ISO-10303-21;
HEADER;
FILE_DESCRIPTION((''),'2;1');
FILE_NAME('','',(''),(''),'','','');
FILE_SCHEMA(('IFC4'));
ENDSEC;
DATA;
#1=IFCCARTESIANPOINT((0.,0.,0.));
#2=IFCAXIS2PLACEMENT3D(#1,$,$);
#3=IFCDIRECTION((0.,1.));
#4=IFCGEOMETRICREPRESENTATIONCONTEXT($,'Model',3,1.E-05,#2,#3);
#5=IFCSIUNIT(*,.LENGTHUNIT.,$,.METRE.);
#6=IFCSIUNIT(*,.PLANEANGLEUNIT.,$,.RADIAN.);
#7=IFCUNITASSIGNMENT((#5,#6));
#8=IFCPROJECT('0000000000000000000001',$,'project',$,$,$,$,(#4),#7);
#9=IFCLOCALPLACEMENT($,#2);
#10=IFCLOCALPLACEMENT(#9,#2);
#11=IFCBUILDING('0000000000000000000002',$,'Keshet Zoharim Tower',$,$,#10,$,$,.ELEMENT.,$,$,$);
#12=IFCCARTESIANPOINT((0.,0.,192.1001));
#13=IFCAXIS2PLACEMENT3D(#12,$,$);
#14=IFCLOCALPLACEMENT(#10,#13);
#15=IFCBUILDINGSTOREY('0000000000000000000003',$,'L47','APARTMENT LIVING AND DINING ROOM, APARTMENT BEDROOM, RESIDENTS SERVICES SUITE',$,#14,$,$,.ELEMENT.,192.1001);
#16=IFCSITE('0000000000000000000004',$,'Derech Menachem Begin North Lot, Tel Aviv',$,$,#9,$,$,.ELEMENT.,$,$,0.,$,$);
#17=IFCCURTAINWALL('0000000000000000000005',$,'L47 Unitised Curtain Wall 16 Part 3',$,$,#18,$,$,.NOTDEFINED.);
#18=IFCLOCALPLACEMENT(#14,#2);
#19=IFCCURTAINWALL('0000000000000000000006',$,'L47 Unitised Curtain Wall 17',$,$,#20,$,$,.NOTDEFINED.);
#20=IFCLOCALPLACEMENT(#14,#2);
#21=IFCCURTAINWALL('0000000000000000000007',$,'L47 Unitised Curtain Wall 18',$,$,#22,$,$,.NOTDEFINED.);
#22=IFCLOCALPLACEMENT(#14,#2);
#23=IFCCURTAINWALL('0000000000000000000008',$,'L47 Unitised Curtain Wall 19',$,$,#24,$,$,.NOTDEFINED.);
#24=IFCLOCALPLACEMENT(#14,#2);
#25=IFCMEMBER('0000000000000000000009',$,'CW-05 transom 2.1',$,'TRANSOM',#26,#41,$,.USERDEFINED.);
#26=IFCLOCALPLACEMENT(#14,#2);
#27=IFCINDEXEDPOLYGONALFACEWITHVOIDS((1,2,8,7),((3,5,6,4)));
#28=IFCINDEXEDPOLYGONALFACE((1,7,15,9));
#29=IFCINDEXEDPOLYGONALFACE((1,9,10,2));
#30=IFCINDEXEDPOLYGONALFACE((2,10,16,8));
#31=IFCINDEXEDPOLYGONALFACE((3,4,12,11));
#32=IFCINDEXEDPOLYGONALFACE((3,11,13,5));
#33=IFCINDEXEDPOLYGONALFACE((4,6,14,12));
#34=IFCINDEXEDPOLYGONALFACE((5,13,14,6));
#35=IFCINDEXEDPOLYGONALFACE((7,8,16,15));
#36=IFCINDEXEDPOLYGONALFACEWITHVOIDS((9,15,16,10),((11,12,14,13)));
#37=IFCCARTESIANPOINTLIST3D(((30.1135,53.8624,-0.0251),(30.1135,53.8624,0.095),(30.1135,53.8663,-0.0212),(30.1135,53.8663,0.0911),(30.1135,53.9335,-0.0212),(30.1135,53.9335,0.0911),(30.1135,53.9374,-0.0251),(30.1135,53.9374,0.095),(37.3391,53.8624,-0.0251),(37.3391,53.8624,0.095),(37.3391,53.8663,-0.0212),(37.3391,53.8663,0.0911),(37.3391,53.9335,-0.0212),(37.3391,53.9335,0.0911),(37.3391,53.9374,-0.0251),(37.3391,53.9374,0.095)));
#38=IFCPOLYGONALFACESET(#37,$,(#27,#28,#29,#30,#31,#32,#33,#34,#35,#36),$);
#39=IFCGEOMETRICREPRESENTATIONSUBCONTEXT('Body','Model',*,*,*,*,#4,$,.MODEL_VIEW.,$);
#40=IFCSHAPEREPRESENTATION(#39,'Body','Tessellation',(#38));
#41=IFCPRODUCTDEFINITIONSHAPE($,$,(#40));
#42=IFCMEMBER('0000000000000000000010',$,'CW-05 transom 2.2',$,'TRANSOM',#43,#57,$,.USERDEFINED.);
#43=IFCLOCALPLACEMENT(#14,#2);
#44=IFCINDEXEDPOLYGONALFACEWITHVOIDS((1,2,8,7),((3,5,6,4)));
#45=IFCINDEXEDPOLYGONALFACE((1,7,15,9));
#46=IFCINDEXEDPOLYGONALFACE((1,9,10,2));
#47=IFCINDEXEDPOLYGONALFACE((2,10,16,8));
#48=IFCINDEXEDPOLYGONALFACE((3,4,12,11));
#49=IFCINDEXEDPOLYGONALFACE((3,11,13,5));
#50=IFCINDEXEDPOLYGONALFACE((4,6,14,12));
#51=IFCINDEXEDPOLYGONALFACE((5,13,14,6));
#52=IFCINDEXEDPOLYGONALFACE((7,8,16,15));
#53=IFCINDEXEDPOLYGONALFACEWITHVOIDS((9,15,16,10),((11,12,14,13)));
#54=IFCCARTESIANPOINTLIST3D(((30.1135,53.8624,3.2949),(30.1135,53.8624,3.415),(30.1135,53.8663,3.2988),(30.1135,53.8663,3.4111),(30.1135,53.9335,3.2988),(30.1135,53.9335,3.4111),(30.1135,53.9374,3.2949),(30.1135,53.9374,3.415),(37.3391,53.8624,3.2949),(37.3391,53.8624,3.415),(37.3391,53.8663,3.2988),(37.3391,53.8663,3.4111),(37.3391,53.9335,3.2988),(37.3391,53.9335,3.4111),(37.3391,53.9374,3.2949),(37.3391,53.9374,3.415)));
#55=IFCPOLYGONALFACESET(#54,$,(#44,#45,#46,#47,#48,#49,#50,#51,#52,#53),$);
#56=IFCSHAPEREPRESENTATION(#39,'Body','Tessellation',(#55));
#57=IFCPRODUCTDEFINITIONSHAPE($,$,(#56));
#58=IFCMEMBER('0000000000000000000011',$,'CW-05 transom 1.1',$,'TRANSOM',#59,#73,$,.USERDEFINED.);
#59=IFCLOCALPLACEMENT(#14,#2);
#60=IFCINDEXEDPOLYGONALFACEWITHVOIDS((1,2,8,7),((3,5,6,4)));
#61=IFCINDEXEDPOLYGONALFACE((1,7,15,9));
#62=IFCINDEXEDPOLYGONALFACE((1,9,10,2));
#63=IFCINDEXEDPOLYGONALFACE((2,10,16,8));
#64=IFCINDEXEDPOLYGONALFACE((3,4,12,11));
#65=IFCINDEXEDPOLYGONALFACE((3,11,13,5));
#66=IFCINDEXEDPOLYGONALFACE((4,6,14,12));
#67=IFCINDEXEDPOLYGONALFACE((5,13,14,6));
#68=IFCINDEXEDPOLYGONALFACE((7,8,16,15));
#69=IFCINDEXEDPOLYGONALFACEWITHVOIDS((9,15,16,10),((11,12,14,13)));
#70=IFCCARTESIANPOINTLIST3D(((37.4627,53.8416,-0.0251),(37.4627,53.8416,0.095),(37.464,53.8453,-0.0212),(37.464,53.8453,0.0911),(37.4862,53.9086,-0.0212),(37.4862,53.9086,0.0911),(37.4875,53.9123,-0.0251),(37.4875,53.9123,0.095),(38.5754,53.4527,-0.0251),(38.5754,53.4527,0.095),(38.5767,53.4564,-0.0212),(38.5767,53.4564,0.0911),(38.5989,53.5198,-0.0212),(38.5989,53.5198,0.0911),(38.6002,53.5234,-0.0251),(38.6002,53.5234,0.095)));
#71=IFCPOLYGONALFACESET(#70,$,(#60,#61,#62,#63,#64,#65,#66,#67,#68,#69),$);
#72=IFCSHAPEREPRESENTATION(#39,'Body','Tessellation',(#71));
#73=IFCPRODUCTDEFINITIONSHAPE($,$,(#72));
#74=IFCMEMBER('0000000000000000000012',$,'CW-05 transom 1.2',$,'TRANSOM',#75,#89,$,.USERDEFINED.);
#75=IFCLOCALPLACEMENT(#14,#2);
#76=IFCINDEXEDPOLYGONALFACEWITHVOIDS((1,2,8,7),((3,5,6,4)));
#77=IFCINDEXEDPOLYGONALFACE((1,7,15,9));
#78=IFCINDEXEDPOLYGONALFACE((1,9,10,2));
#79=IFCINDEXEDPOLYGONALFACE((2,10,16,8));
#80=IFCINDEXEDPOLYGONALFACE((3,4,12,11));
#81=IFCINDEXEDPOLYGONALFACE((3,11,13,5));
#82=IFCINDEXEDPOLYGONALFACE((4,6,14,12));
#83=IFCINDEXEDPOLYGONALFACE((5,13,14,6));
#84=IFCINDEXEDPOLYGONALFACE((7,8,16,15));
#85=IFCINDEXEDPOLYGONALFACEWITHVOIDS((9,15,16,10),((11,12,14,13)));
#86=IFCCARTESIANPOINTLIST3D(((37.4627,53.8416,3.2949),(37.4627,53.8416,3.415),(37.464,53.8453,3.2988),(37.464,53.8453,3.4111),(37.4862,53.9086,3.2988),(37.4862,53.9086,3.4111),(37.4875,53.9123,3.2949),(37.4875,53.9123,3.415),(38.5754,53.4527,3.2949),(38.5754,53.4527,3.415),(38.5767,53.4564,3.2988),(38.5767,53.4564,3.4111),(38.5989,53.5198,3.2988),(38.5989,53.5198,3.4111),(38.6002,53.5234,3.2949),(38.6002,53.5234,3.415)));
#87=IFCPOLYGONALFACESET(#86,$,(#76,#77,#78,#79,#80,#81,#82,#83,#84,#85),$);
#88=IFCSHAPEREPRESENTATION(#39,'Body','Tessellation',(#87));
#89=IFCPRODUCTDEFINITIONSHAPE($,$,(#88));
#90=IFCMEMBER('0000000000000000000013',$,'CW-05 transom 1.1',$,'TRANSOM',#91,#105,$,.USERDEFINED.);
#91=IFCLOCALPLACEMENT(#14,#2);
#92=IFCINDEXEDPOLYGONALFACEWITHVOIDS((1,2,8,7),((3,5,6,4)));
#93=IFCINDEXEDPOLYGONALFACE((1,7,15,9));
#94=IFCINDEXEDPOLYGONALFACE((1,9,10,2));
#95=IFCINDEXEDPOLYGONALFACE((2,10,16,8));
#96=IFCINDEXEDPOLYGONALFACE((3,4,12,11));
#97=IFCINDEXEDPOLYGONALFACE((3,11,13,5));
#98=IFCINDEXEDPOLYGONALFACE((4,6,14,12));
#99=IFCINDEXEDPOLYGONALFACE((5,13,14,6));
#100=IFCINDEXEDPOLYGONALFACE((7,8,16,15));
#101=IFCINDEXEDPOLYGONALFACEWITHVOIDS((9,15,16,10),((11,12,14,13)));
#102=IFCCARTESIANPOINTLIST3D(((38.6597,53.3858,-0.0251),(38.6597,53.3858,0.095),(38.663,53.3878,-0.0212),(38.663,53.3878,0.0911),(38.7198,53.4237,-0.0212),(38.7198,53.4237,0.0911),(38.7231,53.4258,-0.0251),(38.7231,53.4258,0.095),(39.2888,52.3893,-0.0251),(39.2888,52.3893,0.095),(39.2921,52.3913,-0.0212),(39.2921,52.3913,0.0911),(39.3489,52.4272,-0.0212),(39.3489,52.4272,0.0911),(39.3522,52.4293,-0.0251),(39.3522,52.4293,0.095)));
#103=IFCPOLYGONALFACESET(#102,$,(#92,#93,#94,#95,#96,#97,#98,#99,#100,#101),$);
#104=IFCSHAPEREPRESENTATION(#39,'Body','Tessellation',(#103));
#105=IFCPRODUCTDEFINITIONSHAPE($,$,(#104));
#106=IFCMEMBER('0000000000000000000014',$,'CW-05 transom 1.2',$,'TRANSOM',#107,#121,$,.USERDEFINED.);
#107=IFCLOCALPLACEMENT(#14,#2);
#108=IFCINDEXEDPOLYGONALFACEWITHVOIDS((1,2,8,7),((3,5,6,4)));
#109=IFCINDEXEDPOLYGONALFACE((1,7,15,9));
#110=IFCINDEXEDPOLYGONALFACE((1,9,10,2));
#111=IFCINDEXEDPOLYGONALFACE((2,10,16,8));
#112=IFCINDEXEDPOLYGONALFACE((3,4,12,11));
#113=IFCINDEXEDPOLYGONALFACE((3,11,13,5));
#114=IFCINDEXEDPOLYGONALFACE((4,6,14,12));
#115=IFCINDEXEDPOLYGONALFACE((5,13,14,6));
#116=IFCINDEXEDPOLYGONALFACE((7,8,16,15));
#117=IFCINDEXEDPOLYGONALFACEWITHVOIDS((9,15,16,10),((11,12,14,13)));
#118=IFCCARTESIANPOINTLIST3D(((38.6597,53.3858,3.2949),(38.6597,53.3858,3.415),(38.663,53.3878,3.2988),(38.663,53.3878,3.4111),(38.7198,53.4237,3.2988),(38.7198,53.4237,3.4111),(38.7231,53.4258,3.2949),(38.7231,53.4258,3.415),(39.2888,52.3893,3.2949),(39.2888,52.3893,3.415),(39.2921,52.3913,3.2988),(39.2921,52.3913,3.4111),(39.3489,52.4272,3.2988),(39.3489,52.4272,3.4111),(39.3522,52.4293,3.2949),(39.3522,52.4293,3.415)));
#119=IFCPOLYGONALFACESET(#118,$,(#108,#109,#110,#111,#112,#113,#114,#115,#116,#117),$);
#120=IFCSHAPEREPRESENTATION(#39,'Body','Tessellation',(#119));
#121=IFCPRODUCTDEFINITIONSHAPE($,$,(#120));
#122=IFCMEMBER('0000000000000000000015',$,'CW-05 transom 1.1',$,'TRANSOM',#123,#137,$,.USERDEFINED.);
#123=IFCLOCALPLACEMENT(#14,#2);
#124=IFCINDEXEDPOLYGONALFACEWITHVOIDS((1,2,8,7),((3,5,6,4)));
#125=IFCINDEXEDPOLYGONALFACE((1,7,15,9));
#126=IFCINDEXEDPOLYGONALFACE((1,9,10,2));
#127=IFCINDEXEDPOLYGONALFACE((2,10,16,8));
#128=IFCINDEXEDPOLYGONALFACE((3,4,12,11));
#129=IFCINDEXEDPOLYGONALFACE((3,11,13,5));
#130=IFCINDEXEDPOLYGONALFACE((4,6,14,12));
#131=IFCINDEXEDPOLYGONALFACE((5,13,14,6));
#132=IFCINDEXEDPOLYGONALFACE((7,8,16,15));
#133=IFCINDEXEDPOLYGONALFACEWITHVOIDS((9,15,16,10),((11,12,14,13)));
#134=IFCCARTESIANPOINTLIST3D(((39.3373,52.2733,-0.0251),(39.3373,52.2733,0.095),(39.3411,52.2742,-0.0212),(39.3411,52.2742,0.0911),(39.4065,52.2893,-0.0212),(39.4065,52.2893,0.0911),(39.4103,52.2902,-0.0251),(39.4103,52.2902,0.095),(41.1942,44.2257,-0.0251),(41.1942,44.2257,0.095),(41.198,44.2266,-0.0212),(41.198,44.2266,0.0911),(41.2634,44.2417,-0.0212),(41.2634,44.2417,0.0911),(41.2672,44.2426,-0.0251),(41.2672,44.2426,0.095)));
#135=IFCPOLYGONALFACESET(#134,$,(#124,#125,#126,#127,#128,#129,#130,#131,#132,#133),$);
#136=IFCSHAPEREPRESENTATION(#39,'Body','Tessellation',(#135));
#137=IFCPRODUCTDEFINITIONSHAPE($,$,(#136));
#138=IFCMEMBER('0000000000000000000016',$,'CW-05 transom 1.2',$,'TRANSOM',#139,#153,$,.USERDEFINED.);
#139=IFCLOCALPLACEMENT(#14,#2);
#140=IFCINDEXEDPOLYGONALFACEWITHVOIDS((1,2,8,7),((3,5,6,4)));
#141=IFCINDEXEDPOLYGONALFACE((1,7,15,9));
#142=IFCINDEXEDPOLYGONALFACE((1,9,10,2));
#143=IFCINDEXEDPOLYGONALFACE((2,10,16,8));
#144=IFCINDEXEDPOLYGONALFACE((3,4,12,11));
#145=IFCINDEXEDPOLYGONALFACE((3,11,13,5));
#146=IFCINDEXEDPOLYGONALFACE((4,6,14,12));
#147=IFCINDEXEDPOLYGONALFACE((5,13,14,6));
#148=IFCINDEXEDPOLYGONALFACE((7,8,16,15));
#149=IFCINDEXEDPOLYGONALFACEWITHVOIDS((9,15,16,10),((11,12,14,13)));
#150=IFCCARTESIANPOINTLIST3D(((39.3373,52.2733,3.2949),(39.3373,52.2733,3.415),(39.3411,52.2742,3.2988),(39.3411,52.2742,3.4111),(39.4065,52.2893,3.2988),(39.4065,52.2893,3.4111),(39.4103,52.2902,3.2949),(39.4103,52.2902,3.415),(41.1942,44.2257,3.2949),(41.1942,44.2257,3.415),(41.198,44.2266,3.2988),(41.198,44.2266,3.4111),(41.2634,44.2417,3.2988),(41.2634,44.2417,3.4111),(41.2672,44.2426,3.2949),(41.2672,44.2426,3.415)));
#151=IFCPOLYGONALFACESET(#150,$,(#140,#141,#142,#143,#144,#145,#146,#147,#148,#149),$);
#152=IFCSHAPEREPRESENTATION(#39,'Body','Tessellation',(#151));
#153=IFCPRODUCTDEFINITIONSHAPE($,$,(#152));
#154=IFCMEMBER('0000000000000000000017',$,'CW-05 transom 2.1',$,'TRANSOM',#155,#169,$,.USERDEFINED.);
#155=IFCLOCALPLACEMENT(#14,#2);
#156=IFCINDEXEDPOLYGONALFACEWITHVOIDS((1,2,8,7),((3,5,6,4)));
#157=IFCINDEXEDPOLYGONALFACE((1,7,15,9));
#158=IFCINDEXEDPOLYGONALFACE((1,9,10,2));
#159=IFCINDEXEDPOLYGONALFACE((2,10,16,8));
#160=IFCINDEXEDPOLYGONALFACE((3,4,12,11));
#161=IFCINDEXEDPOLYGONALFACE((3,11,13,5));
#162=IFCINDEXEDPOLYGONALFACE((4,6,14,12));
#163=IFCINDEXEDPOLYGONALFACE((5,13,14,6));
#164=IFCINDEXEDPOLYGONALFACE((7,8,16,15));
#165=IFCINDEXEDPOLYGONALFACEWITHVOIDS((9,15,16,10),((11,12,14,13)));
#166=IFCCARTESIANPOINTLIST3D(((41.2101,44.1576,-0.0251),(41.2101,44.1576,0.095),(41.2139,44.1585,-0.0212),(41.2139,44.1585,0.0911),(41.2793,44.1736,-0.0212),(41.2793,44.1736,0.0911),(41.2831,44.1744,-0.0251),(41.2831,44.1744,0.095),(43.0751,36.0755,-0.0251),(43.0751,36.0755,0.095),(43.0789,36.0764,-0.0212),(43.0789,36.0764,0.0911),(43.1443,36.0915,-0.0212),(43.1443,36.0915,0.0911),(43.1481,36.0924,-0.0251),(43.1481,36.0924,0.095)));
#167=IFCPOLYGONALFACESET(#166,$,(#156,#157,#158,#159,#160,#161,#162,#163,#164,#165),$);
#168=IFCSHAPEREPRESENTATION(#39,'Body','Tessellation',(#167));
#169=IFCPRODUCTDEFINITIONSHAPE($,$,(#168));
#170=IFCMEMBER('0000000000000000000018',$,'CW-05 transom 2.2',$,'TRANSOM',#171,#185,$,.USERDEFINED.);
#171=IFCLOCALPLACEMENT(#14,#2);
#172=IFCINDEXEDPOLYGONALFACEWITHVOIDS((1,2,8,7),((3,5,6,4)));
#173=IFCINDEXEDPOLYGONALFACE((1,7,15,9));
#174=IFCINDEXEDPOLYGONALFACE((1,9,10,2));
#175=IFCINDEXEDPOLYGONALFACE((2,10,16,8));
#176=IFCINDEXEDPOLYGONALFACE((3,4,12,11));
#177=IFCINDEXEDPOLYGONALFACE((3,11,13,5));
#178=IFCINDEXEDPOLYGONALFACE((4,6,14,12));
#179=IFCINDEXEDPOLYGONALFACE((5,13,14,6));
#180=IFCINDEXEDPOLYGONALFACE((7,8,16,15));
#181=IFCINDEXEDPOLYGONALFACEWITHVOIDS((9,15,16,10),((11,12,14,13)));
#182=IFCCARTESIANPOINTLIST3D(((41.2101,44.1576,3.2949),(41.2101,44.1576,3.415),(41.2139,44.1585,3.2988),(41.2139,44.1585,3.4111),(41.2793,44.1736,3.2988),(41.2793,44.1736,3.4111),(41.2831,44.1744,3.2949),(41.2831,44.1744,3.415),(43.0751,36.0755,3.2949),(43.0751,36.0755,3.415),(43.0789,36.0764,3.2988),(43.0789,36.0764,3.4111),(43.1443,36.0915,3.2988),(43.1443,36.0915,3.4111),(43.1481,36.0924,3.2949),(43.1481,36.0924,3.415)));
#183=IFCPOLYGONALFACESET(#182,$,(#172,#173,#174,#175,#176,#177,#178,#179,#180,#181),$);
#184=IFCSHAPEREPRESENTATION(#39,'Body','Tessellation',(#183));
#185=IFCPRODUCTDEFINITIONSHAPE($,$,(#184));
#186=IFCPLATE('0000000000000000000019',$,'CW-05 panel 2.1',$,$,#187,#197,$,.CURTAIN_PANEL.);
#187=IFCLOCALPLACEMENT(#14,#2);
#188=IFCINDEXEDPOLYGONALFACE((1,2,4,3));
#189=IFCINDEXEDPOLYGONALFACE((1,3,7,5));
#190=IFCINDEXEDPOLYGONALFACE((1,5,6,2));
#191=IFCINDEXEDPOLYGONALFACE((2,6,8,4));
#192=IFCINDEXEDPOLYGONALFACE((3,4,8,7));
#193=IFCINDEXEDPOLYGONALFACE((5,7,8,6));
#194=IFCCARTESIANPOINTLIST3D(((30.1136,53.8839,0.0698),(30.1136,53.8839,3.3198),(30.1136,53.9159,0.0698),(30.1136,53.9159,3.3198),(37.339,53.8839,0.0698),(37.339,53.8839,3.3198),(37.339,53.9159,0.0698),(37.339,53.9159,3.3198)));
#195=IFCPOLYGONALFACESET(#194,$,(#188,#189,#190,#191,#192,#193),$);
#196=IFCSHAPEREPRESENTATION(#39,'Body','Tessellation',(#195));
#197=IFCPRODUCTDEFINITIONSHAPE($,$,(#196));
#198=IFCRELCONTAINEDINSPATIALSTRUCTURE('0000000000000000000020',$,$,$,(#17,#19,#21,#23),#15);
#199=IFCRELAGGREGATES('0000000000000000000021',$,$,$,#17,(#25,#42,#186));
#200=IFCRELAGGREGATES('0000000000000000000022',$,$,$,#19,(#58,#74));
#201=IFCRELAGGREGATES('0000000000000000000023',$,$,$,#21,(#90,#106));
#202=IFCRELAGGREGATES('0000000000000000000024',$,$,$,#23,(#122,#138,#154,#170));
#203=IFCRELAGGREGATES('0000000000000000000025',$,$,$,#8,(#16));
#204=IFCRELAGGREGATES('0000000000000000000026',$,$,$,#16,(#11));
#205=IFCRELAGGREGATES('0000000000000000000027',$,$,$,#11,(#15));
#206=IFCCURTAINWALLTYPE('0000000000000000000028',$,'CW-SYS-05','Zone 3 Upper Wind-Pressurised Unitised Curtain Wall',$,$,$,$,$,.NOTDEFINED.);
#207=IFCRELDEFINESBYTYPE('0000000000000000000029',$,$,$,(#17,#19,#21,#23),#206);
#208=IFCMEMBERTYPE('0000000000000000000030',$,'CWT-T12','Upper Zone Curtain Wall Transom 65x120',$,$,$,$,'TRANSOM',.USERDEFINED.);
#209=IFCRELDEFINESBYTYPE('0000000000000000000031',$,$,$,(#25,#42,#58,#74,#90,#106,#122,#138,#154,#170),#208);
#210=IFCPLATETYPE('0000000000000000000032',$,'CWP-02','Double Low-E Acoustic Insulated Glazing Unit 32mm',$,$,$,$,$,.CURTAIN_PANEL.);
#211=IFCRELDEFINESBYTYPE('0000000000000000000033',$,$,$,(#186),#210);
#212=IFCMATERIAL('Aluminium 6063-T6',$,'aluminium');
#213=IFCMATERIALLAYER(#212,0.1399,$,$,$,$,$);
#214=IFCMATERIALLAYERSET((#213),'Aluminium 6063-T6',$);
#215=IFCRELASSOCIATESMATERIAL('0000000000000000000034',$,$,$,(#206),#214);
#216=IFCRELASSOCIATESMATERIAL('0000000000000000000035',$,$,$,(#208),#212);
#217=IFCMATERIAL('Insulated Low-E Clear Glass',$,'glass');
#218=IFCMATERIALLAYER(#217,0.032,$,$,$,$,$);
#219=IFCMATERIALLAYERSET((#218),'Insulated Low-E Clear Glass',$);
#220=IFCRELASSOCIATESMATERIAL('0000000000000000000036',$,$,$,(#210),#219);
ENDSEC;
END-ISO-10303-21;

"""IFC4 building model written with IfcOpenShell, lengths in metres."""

from ifc_helpers import new_model, si_unit, direction, frame, origin, origin_2d, place, context, subcontext, project, spatial, rectangle, hollow_rectangle, extrude, material, layer, layer_set, material_profile, profile_set, type_object, element, aggregate, save


model = new_model("IFC4")

# Units and contexts
model_context = context("Model", 3, precision=1e-05, world=origin(), true_north=direction((0.0, 1.0)))
body_context = subcontext(model_context, "Body", "Model", "MODEL_VIEW")
ifc_project = project(units=[si_unit("LENGTHUNIT", "METRE"), si_unit("PLANEANGLEUNIT", "RADIAN")], contexts=[model_context])

# Site, building, storey
site_placement = place(None, origin())
site = spatial("IfcSite", under=ifc_project, at=site_placement, Name="Derech Menachem Begin North Lot, Tel Aviv", CompositionType="ELEMENT", RefElevation=0.0)
building_placement = place(site_placement, origin())
building = spatial("IfcBuilding", under=site, at=building_placement, Name="Keshet Zoharim Tower", CompositionType="ELEMENT")
storey_placement = place(building_placement, frame((0.0, 0.0, 192.1001)))
storey = spatial("IfcBuildingStorey", under=building, at=storey_placement, Name="L47", Description="APARTMENT LIVING AND DINING ROOM, APARTMENT BEDROOM, RESIDENTS SERVICES SUITE", CompositionType="ELEMENT", Elevation=192.1001)

# Curtain walls
ifc_material_1 = material(Name="Aluminium 6063-T6", Category="aluminium")
ifc_layer_1 = layer(ifc_material_1, 0.1399)
ifc_layer_set_1 = layer_set([ifc_layer_1], Name="Aluminium 6063-T6")
curtain_wall_type = type_object("IfcCurtainWallType", Name="CW-SYS-05", Description="Zone 3 Upper Wind-Pressurised Unitised Curtain Wall", PredefinedType="NOTDEFINED", material=ifc_layer_set_1)
curtain_wall_1_placement = place(storey_placement, origin())
curtain_wall_1 = element("IfcCurtainWall", 1, at=curtain_wall_1_placement, inside=storey, type_object=curtain_wall_type, Name="L47 Unitised Curtain Wall 16 Part 3", PredefinedType="NOTDEFINED")
curtain_wall_2_placement = place(storey_placement, origin())
curtain_wall_2 = element("IfcCurtainWall", 2, at=curtain_wall_2_placement, inside=storey, type_object=curtain_wall_type, Name="L47 Unitised Curtain Wall 17", PredefinedType="NOTDEFINED")
curtain_wall_3_placement = place(storey_placement, origin())
curtain_wall_3 = element("IfcCurtainWall", 3, at=curtain_wall_3_placement, inside=storey, type_object=curtain_wall_type, Name="L47 Unitised Curtain Wall 18", PredefinedType="NOTDEFINED")
curtain_wall_4_placement = place(storey_placement, origin())
curtain_wall_4 = element("IfcCurtainWall", 4, at=curtain_wall_4_placement, inside=storey, type_object=curtain_wall_type, Name="L47 Unitised Curtain Wall 19", PredefinedType="NOTDEFINED")

# Members
ifc_material_profile_1 = material_profile(ifc_material_1, hollow_rectangle(XDim=0.075, YDim=0.1201, WallThickness=0.0039, at=origin_2d()), Name="TRN-75x120")
ifc_profile_set_1 = profile_set([ifc_material_profile_1], Name="Aluminium 6063-T6")
member_type_1 = type_object("IfcMemberType", Name="CWT-T12", Description="Upper Zone Curtain Wall Transom 65x120", ElementType="TRANSOM", PredefinedType="USERDEFINED", material=ifc_profile_set_1)
member_1_placement = place(storey_placement, frame((30.1135, 53.8999, 0.0349), z_axis=(1.0, 0.0, 0.0), x_axis=(0.0, 1.0, 0.0)))
member_1 = element("IfcMember", 5, at=member_1_placement, type_object=member_type_1, Name="CW-05 transom 2.1", ObjectType="TRANSOM", PredefinedType="USERDEFINED", context=body_context, shape_type="SweptSolid", body=[
    extrude(hollow_rectangle(XDim=0.075, YDim=0.1201, WallThickness=0.0039, at=origin_2d()), origin(), (0.0, 0.0, 1.0), 7.2256),
])
member_2_placement = place(storey_placement, frame((30.1135, 53.8999, 3.355), z_axis=(1.0, 0.0, 0.0), x_axis=(0.0, 1.0, 0.0)))
member_2 = element("IfcMember", 6, at=member_2_placement, type_object=member_type_1, Name="CW-05 transom 2.2", ObjectType="TRANSOM", PredefinedType="USERDEFINED", context=body_context, shape_type="SweptSolid", body=[
    extrude(hollow_rectangle(XDim=0.075, YDim=0.1201, WallThickness=0.0039, at=origin_2d()), origin(), (0.0, 0.0, 1.0), 7.2256),
])
member_3_placement = place(storey_placement, frame((37.4751, 53.877, 0.0349), z_axis=(0.944007, -0.329926, 0.0), x_axis=(0.329926, 0.944007, 0.0)))
member_3 = element("IfcMember", 7, at=member_3_placement, type_object=member_type_1, Name="CW-05 transom 1.1", ObjectType="TRANSOM", PredefinedType="USERDEFINED", context=body_context, shape_type="SweptSolid", body=[
    extrude(hollow_rectangle(XDim=0.075, YDim=0.1201, WallThickness=0.0039, at=origin_2d()), origin(), (0.0, 0.0, 1.0), 1.1787),
])
member_4_placement = place(storey_placement, frame((37.4751, 53.877, 3.355), z_axis=(0.944007, -0.329926, 0.0), x_axis=(0.329926, 0.944007, 0.0)))
member_4 = element("IfcMember", 8, at=member_4_placement, type_object=member_type_1, Name="CW-05 transom 1.2", ObjectType="TRANSOM", PredefinedType="USERDEFINED", context=body_context, shape_type="SweptSolid", body=[
    extrude(hollow_rectangle(XDim=0.075, YDim=0.1201, WallThickness=0.0039, at=origin_2d()), origin(), (0.0, 0.0, 1.0), 1.1787),
])
member_5_placement = place(storey_placement, frame((38.6914, 53.4058, 0.0349), z_axis=(0.533829, -0.845592, 0.0), x_axis=(0.845592, 0.533829, 0.0)))
member_5 = element("IfcMember", 9, at=member_5_placement, type_object=member_type_1, Name="CW-05 transom 1.1", ObjectType="TRANSOM", PredefinedType="USERDEFINED", context=body_context, shape_type="SweptSolid", body=[
    extrude(hollow_rectangle(XDim=0.075, YDim=0.1201, WallThickness=0.0039, at=origin_2d()), origin(), (0.0, 0.0, 1.0), 1.1785),
])
member_6_placement = place(storey_placement, frame((38.6914, 53.4058, 3.355), z_axis=(0.533829, -0.845592, 0.0), x_axis=(0.845592, 0.533829, 0.0)))
member_6 = element("IfcMember", 10, at=member_6_placement, type_object=member_type_1, Name="CW-05 transom 1.2", ObjectType="TRANSOM", PredefinedType="USERDEFINED", context=body_context, shape_type="SweptSolid", body=[
    extrude(hollow_rectangle(XDim=0.075, YDim=0.1201, WallThickness=0.0039, at=origin_2d()), origin(), (0.0, 0.0, 1.0), 1.1785),
])
member_7_placement = place(storey_placement, frame((39.3738, 52.2817, 0.0349), z_axis=(0.224836, -0.974397, 0.0), x_axis=(0.974397, 0.224836, 0.0)))
member_7 = element("IfcMember", 11, at=member_7_placement, type_object=member_type_1, Name="CW-05 transom 1.1", ObjectType="TRANSOM", PredefinedType="USERDEFINED", context=body_context, shape_type="SweptSolid", body=[
    extrude(hollow_rectangle(XDim=0.075, YDim=0.1201, WallThickness=0.0039, at=origin_2d()), origin(), (0.0, 0.0, 1.0), 8.259),
])
member_8_placement = place(storey_placement, frame((39.3738, 52.2817, 3.355), z_axis=(0.224836, -0.974397, 0.0), x_axis=(0.974397, 0.224836, 0.0)))
member_8 = element("IfcMember", 12, at=member_8_placement, type_object=member_type_1, Name="CW-05 transom 1.2", ObjectType="TRANSOM", PredefinedType="USERDEFINED", context=body_context, shape_type="SweptSolid", body=[
    extrude(hollow_rectangle(XDim=0.075, YDim=0.1201, WallThickness=0.0039, at=origin_2d()), origin(), (0.0, 0.0, 1.0), 8.259),
])
member_9_placement = place(storey_placement, frame((41.2466, 44.166, 0.0349), z_axis=(0.224849, -0.974394, 0.0), x_axis=(0.974394, 0.224849, 0.0)))
member_9 = element("IfcMember", 13, at=member_9_placement, type_object=member_type_1, Name="CW-05 transom 2.1", ObjectType="TRANSOM", PredefinedType="USERDEFINED", context=body_context, shape_type="SweptSolid", body=[
    extrude(hollow_rectangle(XDim=0.075, YDim=0.1201, WallThickness=0.0039, at=origin_2d()), origin(), (0.0, 0.0, 1.0), 8.2944),
])
member_10_placement = place(storey_placement, frame((41.2466, 44.166, 3.355), z_axis=(0.224849, -0.974394, 0.0), x_axis=(0.974394, 0.224849, 0.0)))
member_10 = element("IfcMember", 14, at=member_10_placement, type_object=member_type_1, Name="CW-05 transom 2.2", ObjectType="TRANSOM", PredefinedType="USERDEFINED", context=body_context, shape_type="SweptSolid", body=[
    extrude(hollow_rectangle(XDim=0.075, YDim=0.1201, WallThickness=0.0039, at=origin_2d()), origin(), (0.0, 0.0, 1.0), 8.2944),
])

# Plate
ifc_material_2 = material(Name="Insulated Low-E Clear Glass", Category="glass")
ifc_layer_2 = layer(ifc_material_2, 0.032)
ifc_layer_set_2 = layer_set([ifc_layer_2], Name="Insulated Low-E Clear Glass")
plate_type = type_object("IfcPlateType", Name="CWP-02", Description="Double Low-E Acoustic Insulated Glazing Unit 32mm", PredefinedType="CURTAIN_PANEL", material=ifc_layer_set_2)
plate_1_placement = place(storey_placement, frame((33.7263, 53.8999, 0.0698), z_axis=(0.0, 0.0, 1.0), x_axis=(1.0, 0.0, 0.0)))
plate_1 = element("IfcPlate", 15, at=plate_1_placement, type_object=plate_type, Name="CW-05 panel 2.1", PredefinedType="CURTAIN_PANEL", context=body_context, shape_type="SweptSolid", body=[
    extrude(rectangle(XDim=7.2253, YDim=0.032, at=origin_2d()), origin(), (0.0, 0.0, 1.0), 3.25),
])
aggregate(curtain_wall_1, [member_1, member_2, plate_1])
aggregate(curtain_wall_2, [member_3, member_4])
aggregate(curtain_wall_3, [member_5, member_6])
aggregate(curtain_wall_4, [member_7, member_8, member_9, member_10])

save(model, "model.ifc")
